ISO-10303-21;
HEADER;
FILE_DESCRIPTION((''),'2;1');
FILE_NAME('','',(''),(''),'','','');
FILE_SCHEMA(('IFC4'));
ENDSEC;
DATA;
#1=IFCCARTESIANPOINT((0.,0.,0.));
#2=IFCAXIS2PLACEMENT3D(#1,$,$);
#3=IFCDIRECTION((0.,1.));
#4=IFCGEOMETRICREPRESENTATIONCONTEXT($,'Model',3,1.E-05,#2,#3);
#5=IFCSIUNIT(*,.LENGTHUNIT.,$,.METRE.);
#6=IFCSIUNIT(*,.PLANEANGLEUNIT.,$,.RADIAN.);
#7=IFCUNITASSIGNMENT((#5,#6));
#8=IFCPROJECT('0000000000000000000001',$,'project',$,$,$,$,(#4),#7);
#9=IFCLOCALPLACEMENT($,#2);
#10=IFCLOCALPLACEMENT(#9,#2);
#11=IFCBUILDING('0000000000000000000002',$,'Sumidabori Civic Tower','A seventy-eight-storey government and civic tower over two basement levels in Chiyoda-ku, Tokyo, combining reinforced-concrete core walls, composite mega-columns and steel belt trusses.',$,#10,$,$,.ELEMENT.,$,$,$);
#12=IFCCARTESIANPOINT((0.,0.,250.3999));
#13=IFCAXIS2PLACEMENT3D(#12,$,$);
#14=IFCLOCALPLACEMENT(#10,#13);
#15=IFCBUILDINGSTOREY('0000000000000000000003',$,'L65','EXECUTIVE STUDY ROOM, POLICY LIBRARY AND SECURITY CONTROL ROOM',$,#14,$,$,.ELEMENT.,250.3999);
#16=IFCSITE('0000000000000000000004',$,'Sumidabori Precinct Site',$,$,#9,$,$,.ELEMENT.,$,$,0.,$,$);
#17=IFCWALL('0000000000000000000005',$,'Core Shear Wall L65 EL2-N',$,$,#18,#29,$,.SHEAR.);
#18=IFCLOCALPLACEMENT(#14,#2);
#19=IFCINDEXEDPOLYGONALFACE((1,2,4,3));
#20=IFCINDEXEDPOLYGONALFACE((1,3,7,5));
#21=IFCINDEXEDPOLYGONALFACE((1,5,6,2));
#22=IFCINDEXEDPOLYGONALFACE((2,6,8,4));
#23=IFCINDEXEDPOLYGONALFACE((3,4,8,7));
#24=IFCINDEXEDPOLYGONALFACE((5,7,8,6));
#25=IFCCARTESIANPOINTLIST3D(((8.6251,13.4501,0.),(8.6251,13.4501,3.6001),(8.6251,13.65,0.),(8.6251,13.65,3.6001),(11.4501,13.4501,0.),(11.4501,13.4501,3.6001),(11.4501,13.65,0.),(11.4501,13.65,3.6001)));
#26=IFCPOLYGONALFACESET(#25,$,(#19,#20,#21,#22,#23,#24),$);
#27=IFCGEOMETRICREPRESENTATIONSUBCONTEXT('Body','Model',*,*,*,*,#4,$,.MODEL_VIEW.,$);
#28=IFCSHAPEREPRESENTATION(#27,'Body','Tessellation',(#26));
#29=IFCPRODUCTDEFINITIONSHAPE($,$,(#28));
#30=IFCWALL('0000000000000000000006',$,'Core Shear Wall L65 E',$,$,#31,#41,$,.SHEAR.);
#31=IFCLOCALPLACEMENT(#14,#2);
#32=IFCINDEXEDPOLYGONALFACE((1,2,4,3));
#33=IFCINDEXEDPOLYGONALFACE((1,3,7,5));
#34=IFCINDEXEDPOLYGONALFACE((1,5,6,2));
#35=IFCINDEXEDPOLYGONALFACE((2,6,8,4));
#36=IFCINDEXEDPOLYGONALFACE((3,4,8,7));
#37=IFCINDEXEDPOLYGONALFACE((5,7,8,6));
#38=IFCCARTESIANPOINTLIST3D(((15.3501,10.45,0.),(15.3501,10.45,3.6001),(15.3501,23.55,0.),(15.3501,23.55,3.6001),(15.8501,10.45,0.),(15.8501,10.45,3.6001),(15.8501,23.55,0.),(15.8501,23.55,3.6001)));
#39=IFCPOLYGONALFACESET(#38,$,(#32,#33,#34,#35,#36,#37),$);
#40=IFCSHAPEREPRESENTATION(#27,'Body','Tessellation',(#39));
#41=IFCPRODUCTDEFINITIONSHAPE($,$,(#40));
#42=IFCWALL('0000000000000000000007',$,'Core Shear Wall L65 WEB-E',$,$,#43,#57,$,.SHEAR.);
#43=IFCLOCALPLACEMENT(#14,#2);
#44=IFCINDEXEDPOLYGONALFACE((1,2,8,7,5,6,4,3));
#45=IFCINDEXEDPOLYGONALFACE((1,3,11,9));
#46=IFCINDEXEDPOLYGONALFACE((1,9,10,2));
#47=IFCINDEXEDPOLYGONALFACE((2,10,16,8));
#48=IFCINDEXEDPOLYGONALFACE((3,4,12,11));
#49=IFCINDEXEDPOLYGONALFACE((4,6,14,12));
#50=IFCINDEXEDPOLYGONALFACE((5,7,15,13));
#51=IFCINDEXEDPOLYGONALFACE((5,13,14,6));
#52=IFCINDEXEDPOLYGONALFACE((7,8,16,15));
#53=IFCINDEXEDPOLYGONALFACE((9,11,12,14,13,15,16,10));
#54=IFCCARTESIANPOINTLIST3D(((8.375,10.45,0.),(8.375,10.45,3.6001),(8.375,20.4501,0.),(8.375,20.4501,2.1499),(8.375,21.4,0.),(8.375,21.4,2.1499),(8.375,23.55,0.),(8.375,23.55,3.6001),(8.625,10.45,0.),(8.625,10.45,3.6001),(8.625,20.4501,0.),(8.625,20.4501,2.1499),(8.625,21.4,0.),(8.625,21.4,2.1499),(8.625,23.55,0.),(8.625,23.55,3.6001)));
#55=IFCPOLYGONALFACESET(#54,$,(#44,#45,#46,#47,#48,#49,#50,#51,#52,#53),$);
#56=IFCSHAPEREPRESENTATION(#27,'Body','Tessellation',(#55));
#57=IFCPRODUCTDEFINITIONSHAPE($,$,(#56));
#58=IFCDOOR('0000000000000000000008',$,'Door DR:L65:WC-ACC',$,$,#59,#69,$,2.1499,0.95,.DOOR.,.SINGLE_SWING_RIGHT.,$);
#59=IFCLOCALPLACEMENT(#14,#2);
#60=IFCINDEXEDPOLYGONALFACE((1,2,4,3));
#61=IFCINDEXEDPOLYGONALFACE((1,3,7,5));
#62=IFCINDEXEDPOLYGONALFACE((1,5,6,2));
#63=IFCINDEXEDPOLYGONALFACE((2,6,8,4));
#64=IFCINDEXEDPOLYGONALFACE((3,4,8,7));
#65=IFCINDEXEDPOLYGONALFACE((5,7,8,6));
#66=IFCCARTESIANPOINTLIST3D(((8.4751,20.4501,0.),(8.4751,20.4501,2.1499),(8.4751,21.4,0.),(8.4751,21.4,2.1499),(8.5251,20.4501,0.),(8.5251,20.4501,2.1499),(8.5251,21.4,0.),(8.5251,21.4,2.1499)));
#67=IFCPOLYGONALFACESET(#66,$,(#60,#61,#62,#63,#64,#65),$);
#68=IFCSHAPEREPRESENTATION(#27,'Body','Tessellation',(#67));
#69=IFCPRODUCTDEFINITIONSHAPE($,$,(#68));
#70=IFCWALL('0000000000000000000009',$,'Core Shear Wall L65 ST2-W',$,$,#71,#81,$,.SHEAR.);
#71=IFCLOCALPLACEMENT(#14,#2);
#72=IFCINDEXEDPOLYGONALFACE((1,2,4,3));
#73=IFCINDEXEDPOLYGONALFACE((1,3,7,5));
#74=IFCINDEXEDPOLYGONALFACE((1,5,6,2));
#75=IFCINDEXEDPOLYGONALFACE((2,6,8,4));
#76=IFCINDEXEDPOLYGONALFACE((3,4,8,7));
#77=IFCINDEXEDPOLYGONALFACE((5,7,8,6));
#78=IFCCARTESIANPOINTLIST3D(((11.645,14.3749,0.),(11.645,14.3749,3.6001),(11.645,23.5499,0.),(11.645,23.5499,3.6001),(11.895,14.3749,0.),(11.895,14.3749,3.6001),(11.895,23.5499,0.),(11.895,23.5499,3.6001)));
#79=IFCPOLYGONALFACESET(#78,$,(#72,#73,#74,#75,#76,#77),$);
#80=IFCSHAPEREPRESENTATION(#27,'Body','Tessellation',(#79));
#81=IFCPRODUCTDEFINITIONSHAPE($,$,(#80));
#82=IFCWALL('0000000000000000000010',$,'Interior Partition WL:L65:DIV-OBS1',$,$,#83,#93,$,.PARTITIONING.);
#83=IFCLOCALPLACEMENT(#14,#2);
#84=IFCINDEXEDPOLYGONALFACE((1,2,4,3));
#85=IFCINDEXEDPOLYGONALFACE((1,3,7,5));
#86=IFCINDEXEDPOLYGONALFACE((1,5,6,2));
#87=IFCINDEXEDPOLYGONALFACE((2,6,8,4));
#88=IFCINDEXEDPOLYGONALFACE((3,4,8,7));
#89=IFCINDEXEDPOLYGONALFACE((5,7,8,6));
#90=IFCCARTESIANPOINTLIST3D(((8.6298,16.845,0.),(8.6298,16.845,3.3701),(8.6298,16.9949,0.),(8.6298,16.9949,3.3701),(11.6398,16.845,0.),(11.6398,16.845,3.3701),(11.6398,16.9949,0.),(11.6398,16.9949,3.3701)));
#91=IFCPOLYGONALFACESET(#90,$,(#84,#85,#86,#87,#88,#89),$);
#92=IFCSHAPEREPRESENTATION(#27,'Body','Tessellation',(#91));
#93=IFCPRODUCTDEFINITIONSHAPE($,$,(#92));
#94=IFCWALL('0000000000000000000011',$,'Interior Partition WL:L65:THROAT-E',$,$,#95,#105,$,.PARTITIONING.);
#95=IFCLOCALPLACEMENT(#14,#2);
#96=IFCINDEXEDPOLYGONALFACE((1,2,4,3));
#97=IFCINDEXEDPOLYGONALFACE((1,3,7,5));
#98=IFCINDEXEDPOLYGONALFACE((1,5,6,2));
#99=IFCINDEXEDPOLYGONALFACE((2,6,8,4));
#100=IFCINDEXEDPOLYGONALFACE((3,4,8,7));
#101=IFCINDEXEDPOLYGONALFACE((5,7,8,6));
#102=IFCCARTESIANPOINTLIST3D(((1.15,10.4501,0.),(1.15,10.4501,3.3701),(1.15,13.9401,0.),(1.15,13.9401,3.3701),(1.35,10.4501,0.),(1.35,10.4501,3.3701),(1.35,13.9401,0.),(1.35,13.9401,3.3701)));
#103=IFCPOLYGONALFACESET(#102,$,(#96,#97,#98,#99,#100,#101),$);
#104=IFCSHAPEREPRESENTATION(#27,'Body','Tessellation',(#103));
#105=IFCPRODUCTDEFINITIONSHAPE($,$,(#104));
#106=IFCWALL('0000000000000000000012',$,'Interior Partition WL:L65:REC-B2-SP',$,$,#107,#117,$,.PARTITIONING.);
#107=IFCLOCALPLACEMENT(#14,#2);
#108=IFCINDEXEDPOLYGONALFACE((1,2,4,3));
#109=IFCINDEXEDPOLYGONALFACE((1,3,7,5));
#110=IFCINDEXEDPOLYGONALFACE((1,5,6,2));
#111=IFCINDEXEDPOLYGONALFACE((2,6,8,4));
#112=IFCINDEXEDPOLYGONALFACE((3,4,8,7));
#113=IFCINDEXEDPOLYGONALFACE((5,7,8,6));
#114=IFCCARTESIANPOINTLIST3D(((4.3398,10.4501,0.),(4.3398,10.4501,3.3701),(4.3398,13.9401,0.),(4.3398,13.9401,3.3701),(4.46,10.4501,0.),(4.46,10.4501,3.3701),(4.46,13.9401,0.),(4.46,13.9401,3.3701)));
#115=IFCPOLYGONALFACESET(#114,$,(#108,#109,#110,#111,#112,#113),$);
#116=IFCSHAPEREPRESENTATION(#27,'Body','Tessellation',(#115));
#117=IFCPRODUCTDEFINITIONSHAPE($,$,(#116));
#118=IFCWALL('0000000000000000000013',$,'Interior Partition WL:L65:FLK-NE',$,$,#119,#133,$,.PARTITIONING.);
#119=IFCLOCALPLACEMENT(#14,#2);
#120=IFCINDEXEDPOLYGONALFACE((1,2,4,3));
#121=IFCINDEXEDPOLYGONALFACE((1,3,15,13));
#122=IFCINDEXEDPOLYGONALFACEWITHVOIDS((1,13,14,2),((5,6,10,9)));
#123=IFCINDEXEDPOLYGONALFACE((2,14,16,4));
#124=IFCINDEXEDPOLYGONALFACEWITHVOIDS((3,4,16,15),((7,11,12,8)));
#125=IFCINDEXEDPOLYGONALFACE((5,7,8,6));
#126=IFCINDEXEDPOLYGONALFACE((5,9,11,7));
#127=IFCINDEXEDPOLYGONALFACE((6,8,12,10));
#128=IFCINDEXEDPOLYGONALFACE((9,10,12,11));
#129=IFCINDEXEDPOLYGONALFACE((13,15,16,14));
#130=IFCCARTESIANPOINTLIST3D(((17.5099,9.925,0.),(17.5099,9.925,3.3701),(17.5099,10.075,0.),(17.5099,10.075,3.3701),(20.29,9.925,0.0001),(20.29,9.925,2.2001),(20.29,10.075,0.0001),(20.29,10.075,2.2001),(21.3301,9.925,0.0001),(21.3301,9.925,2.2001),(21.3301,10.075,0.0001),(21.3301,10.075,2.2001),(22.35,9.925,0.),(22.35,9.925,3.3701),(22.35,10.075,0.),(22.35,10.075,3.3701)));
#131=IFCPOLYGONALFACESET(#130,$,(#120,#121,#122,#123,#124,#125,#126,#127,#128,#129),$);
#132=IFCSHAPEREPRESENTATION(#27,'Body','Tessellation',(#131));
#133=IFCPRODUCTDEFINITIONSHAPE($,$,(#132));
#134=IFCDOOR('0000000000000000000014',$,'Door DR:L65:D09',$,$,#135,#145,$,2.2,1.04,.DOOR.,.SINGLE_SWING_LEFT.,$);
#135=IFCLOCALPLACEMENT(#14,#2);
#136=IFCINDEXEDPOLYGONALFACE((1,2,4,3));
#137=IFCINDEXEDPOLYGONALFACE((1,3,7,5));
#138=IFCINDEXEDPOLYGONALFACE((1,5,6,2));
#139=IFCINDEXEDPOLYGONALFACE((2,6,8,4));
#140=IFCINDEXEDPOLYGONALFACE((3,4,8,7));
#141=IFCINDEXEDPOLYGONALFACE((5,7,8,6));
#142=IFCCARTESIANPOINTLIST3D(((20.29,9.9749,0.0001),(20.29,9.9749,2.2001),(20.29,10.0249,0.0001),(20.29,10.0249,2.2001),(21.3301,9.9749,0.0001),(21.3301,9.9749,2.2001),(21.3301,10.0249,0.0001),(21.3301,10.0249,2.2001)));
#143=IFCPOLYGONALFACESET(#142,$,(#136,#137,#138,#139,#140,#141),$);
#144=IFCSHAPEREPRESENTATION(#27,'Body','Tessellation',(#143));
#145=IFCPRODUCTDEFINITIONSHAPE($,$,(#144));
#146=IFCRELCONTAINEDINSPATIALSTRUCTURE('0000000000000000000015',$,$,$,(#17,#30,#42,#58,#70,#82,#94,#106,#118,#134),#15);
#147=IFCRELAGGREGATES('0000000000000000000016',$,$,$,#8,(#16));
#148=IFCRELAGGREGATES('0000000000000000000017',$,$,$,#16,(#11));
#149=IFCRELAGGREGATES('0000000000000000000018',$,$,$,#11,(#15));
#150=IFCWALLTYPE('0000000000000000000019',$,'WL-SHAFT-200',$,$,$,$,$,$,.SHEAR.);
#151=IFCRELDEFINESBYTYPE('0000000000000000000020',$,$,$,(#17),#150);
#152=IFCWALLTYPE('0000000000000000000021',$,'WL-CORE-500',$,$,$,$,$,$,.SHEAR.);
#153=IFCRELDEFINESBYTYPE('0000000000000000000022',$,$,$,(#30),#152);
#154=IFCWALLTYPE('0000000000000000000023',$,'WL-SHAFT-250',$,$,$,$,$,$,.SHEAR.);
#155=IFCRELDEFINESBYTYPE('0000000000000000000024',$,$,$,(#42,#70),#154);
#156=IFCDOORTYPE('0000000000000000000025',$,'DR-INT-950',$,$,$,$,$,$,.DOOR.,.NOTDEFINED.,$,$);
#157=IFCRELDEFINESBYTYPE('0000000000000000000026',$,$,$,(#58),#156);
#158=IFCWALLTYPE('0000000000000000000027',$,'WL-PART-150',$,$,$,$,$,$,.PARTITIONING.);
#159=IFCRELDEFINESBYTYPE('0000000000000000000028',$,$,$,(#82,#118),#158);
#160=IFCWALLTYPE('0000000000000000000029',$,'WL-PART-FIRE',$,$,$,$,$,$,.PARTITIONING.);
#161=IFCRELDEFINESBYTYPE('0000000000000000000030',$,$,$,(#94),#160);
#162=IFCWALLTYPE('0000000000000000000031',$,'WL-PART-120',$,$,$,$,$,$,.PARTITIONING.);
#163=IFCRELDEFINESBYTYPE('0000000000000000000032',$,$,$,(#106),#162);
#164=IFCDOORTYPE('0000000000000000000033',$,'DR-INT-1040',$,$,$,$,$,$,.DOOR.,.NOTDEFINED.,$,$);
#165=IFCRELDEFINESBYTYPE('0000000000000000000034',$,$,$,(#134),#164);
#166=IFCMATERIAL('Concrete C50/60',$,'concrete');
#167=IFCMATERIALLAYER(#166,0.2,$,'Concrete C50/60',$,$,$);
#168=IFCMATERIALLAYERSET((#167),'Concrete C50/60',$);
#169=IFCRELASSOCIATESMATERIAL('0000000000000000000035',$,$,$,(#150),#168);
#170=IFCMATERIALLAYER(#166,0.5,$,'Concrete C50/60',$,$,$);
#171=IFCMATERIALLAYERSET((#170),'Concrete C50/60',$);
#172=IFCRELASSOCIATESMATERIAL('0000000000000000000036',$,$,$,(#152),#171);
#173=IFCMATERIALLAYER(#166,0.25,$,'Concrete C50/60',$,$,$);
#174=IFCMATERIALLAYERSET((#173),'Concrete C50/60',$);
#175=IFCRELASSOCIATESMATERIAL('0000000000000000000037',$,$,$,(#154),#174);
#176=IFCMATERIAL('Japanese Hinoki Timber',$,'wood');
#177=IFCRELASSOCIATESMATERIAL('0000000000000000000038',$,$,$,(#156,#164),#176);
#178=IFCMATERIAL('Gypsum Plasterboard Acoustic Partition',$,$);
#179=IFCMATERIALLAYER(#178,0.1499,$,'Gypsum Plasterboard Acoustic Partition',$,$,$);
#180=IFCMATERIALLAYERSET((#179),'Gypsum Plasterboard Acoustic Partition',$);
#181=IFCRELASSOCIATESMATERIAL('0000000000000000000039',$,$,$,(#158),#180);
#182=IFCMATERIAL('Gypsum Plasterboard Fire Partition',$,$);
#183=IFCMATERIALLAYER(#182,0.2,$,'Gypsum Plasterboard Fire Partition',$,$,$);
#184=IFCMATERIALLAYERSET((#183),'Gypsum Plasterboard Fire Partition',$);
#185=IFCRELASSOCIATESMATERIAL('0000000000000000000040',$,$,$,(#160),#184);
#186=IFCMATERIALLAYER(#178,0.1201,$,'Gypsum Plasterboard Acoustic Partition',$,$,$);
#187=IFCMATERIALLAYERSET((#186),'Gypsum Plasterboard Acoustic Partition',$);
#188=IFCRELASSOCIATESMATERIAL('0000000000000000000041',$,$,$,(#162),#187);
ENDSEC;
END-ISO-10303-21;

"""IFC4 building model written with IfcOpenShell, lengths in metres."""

from ifc_helpers import new_model, si_unit, direction, frame, frame_2d, origin, place, context, subcontext, project, spatial, rectangle, extrude, source, transform, mapped, material, layer, layer_set, type_object, element, fill, save


model = new_model("IFC4")

# Units and contexts
model_context = context("Model", 3, precision=1e-05, world=origin(), true_north=direction((0.0, 1.0)))
body_context = subcontext(model_context, "Body", "Model", "MODEL_VIEW")
ifc_project = project(units=[si_unit("LENGTHUNIT", "METRE"), si_unit("PLANEANGLEUNIT", "RADIAN")], contexts=[model_context])

# Site, building, storey
site_placement = place(None, origin())
site = spatial("IfcSite", under=ifc_project, at=site_placement, Name="Sumidabori Precinct Site", CompositionType="ELEMENT", RefElevation=0.0)
building_placement = place(site_placement, origin())
building = spatial("IfcBuilding", under=site, at=building_placement, Name="Sumidabori Civic Tower", Description="A seventy-eight-storey government and civic tower over two basement levels in Chiyoda-ku, Tokyo, combining reinforced-concrete core walls, composite mega-columns and steel belt trusses.", CompositionType="ELEMENT")
storey_placement = place(building_placement, frame((0.0, 0.0, 250.3999)))
storey = spatial("IfcBuildingStorey", under=building, at=storey_placement, Name="L65", Description="EXECUTIVE STUDY ROOM, POLICY LIBRARY AND SECURITY CONTROL ROOM", CompositionType="ELEMENT", Elevation=250.3999)

# Walls
ifc_material_1 = material(Name="Concrete C50/60", Category="concrete")
ifc_layer_1 = layer(ifc_material_1, 0.2, Name="Concrete C50/60")
ifc_layer_set_1 = layer_set([ifc_layer_1], Name="Concrete C50/60")
wall_type_1 = type_object("IfcWallType", Name="WL-SHAFT-200", PredefinedType="SHEAR", material=ifc_layer_set_1)
shared_shape_1 = source(origin(), body_context, "Body", "SweptSolid", [
    extrude(rectangle(XDim=2.825, YDim=0.2, at=frame_2d((1.4126, 0.0))), origin(), (0.0, 0.0, 1.0), 3.6001),
])
wall_1_placement = place(storey_placement, frame((8.625, 13.55, 0.0), z_axis=(0.0, 0.0, 1.0), x_axis=(1.0, 0.0, 0.0)))
element("IfcWall", 1, at=wall_1_placement, inside=storey, type_object=wall_type_1, Name="Core Shear Wall L65 EL2-N", PredefinedType="SHEAR", context=body_context, shape_type="MappedRepresentation", body=[
    mapped(shared_shape_1, transform((0.0, 0.0, 0.0), x_axis=(1.0, 0.0, 0.0), y_axis=(0.0, 1.0, 0.0), z_axis=(0.0, 0.0, 1.0), scale=1.0)),
])
ifc_layer_2 = layer(ifc_material_1, 0.5, Name="Concrete C50/60")
ifc_layer_set_2 = layer_set([ifc_layer_2], Name="Concrete C50/60")
wall_type_2 = type_object("IfcWallType", Name="WL-CORE-500", PredefinedType="SHEAR", material=ifc_layer_set_2)
shared_shape_2 = source(origin(), body_context, "Body", "SweptSolid", [
    extrude(rectangle(XDim=13.1001, YDim=0.5, at=frame_2d((6.55, 0.0))), origin(), (0.0, 0.0, 1.0), 3.6001),
])
wall_2_placement = place(storey_placement, frame((15.6001, 10.45, 0.0), z_axis=(0.0, 0.0, 1.0), x_axis=(0.0, 1.0, 0.0)))
element("IfcWall", 2, at=wall_2_placement, inside=storey, type_object=wall_type_2, Name="Core Shear Wall L65 E", PredefinedType="SHEAR", context=body_context, shape_type="MappedRepresentation", body=[
    mapped(shared_shape_2, transform((0.0, 0.0, 0.0), x_axis=(1.0, 0.0, 0.0), y_axis=(0.0, 1.0, 0.0), z_axis=(0.0, 0.0, 1.0), scale=1.0)),
])

# Wall, opening, door
ifc_layer_3 = layer(ifc_material_1, 0.25, Name="Concrete C50/60")
ifc_layer_set_3 = layer_set([ifc_layer_3], Name="Concrete C50/60")
wall_type_3 = type_object("IfcWallType", Name="WL-SHAFT-250", PredefinedType="SHEAR", material=ifc_layer_set_3)
shared_shape_3 = source(origin(), body_context, "Body", "SweptSolid", [
    extrude(rectangle(XDim=13.1001, YDim=0.25, at=frame_2d((6.55, 0.0))), origin(), (0.0, 0.0, 1.0), 3.6001),
])
wall_3_placement = place(storey_placement, frame((8.5, 10.45, 0.0), z_axis=(0.0, 0.0, 1.0), x_axis=(0.0, 1.0, 0.0)))
wall_3 = element("IfcWall", 3, at=wall_3_placement, inside=storey, type_object=wall_type_3, Name="Core Shear Wall L65 WEB-E", PredefinedType="SHEAR", context=body_context, shape_type="MappedRepresentation", body=[
    mapped(shared_shape_3, transform((0.0, 0.0, 0.0), x_axis=(1.0, 0.0, 0.0), y_axis=(0.0, 1.0, 0.0), z_axis=(0.0, 0.0, 1.0), scale=1.0)),
])
opening_1_placement = place(wall_3_placement, frame((10.0, 0.0, 0.0)))
opening_1 = element("IfcOpeningElement", 4, at=opening_1_placement, cuts=wall_3, PredefinedType="OPENING", context=body_context, shape_type="SweptSolid", body=[
    extrude(rectangle(XDim=0.95, YDim=2.1499, at=frame_2d((0.4751, 1.075))), frame((0.0, 0.137, 0.0), z_axis=(0.0, -1.0, 0.0), x_axis=(1.0, 0.0, 0.0)), (0.0, 0.0, 1.0), 0.2739),
])
ifc_material_2 = material(Name="Japanese Hinoki Timber", Category="wood")
door_type_1 = type_object("IfcDoorType", Name="DR-INT-950", OperationType="NOTDEFINED", PredefinedType="DOOR", material=ifc_material_2)
shared_shape_4 = source(origin(), body_context, "Body", "SweptSolid", [
    extrude(rectangle(XDim=0.95, YDim=2.1499, at=frame_2d((0.4751, 1.075))), frame((0.0, 0.0249, 0.0), z_axis=(0.0, -1.0, 0.0), x_axis=(1.0, 0.0, 0.0)), (0.0, 0.0, 1.0), 0.05),
])
door_1_placement = place(opening_1_placement, origin())
door_1 = element("IfcDoor", 5, at=door_1_placement, inside=storey, type_object=door_type_1, Name="Door DR:L65:WC-ACC", OperationType="SINGLE_SWING_RIGHT", OverallHeight=2.1499, OverallWidth=0.95, PredefinedType="DOOR", context=body_context, shape_type="MappedRepresentation", body=[
    mapped(shared_shape_4, transform((0.0, 0.0, 0.0), x_axis=(1.0, 0.0, 0.0), y_axis=(0.0, 1.0, 0.0), z_axis=(0.0, 0.0, 1.0), scale=1.0)),
])
fill(opening_1, door_1)

# Wall
shared_shape_5 = source(origin(), body_context, "Body", "SweptSolid", [
    extrude(rectangle(XDim=9.175, YDim=0.25, at=frame_2d((4.5874, 0.0))), origin(), (0.0, 0.0, 1.0), 3.6001),
])
wall_4_placement = place(storey_placement, frame((11.77, 14.375, 0.0), z_axis=(0.0, 0.0, 1.0), x_axis=(0.0, 1.0, 0.0)))
element("IfcWall", 6, at=wall_4_placement, inside=storey, type_object=wall_type_3, Name="Core Shear Wall L65 ST2-W", PredefinedType="SHEAR", context=body_context, shape_type="MappedRepresentation", body=[
    mapped(shared_shape_5, transform((0.0, 0.0, 0.0), x_axis=(1.0, 0.0, 0.0), y_axis=(0.0, 1.0, 0.0), z_axis=(0.0, 0.0, 1.0), scale=1.0)),
])

# Wall
ifc_material_3 = material(Name="Gypsum Plasterboard Acoustic Partition")
ifc_layer_4 = layer(ifc_material_3, 0.1499, Name="Gypsum Plasterboard Acoustic Partition")
ifc_layer_set_4 = layer_set([ifc_layer_4], Name="Gypsum Plasterboard Acoustic Partition")
wall_type_4 = type_object("IfcWallType", Name="WL-PART-150", PredefinedType="PARTITIONING", material=ifc_layer_set_4)
shared_shape_6 = source(origin(), body_context, "Body", "SweptSolid", [
    extrude(rectangle(XDim=3.01, YDim=0.1499, at=frame_2d((1.5049, 0.0))), origin(), (0.0, 0.0, 1.0), 3.3701),
])
wall_5_placement = place(storey_placement, frame((8.6299, 16.9199, 0.0), z_axis=(0.0, 0.0, 1.0), x_axis=(1.0, 0.0, 0.0)))
element("IfcWall", 7, at=wall_5_placement, inside=storey, type_object=wall_type_4, Name="Interior Partition WL:L65:DIV-OBS1", PredefinedType="PARTITIONING", context=body_context, shape_type="MappedRepresentation", body=[
    mapped(shared_shape_6, transform((0.0, 0.0, 0.0), x_axis=(1.0, 0.0, 0.0), y_axis=(0.0, 1.0, 0.0), z_axis=(0.0, 0.0, 1.0), scale=1.0)),
])

# Shared definitions
ifc_material_4 = material(Name="Gypsum Plasterboard Fire Partition")
ifc_layer_5 = layer(ifc_material_4, 0.2, Name="Gypsum Plasterboard Fire Partition")
ifc_layer_set_5 = layer_set([ifc_layer_5], Name="Gypsum Plasterboard Fire Partition")
wall_type_5 = type_object("IfcWallType", Name="WL-PART-FIRE", PredefinedType="PARTITIONING", material=ifc_layer_set_5)

# Walls
shared_shape_7 = source(origin(), body_context, "Body", "SweptSolid", [
    extrude(rectangle(XDim=3.49, YDim=0.2, at=frame_2d((1.7451, 0.0))), origin(), (0.0, 0.0, 1.0), 3.3701),
])
wall_6_placement = place(storey_placement, frame((1.25, 10.45, 0.0), z_axis=(0.0, 0.0, 1.0), x_axis=(0.0, 1.0, 0.0)))
element("IfcWall", 8, at=wall_6_placement, inside=storey, type_object=wall_type_5, Name="Interior Partition WL:L65:THROAT-E", PredefinedType="PARTITIONING", context=body_context, shape_type="MappedRepresentation", body=[
    mapped(shared_shape_7, transform((0.0, 0.0, 0.0), x_axis=(1.0, 0.0, 0.0), y_axis=(0.0, 1.0, 0.0), z_axis=(0.0, 0.0, 1.0), scale=1.0)),
])
ifc_layer_6 = layer(ifc_material_3, 0.1201, Name="Gypsum Plasterboard Acoustic Partition")
ifc_layer_set_6 = layer_set([ifc_layer_6], Name="Gypsum Plasterboard Acoustic Partition")
wall_type_6 = type_object("IfcWallType", Name="WL-PART-120", PredefinedType="PARTITIONING", material=ifc_layer_set_6)
shared_shape_8 = source(origin(), body_context, "Body", "SweptSolid", [
    extrude(rectangle(XDim=3.49, YDim=0.1201, at=frame_2d((1.7451, 0.0))), origin(), (0.0, 0.0, 1.0), 3.3701),
])
wall_7_placement = place(storey_placement, frame((4.3999, 10.45, 0.0), z_axis=(0.0, 0.0, 1.0), x_axis=(0.0, 1.0, 0.0)))
element("IfcWall", 9, at=wall_7_placement, inside=storey, type_object=wall_type_6, Name="Interior Partition WL:L65:REC-B2-SP", PredefinedType="PARTITIONING", context=body_context, shape_type="MappedRepresentation", body=[
    mapped(shared_shape_8, transform((0.0, 0.0, 0.0), x_axis=(1.0, 0.0, 0.0), y_axis=(0.0, 1.0, 0.0), z_axis=(0.0, 0.0, 1.0), scale=1.0)),
])

# Wall, opening, door
shared_shape_9 = source(origin(), body_context, "Body", "SweptSolid", [
    extrude(rectangle(XDim=4.8401, YDim=0.1499, at=frame_2d((2.4199, 0.0))), origin(), (0.0, 0.0, 1.0), 3.3701),
])
wall_8_placement = place(storey_placement, frame((17.51, 10.0, 0.0), z_axis=(0.0, 0.0, 1.0), x_axis=(1.0, 0.0, 0.0)))
wall_8 = element("IfcWall", 10, at=wall_8_placement, inside=storey, type_object=wall_type_4, Name="Interior Partition WL:L65:FLK-NE", PredefinedType="PARTITIONING", context=body_context, shape_type="MappedRepresentation", body=[
    mapped(shared_shape_9, transform((0.0, 0.0, 0.0), x_axis=(1.0, 0.0, 0.0), y_axis=(0.0, 1.0, 0.0), z_axis=(0.0, 0.0, 1.0), scale=1.0)),
])
opening_2_placement = place(wall_8_placement, frame((2.78, 0.0, 0.0)))
opening_2 = element("IfcOpeningElement", 11, at=opening_2_placement, cuts=wall_8, PredefinedType="OPENING", context=body_context, shape_type="SweptSolid", body=[
    extrude(rectangle(XDim=1.04, YDim=2.2, at=frame_2d((0.52, 1.1001))), frame((0.0, 0.0869, 0.0), z_axis=(0.0, -1.0, 0.0), x_axis=(1.0, 0.0, 0.0)), (0.0, 0.0, 1.0), 0.1738),
])
door_type_2 = type_object("IfcDoorType", Name="DR-INT-1040", OperationType="NOTDEFINED", PredefinedType="DOOR", material=ifc_material_2)
shared_shape_10 = source(origin(), body_context, "Body", "SweptSolid", [
    extrude(rectangle(XDim=1.04, YDim=2.2, at=frame_2d((0.52, 1.1001))), frame((0.0, 0.0249, 0.0), z_axis=(0.0, -1.0, 0.0), x_axis=(1.0, 0.0, 0.0)), (0.0, 0.0, 1.0), 0.05),
])
door_2_placement = place(opening_2_placement, origin())
door_2 = element("IfcDoor", 12, at=door_2_placement, inside=storey, type_object=door_type_2, Name="Door DR:L65:D09", OperationType="SINGLE_SWING_LEFT", OverallHeight=2.2, OverallWidth=1.04, PredefinedType="DOOR", context=body_context, shape_type="MappedRepresentation", body=[
    mapped(shared_shape_10, transform((0.0, 0.0, 0.0), x_axis=(1.0, 0.0, 0.0), y_axis=(0.0, 1.0, 0.0), z_axis=(0.0, 0.0, 1.0), scale=1.0)),
])
fill(opening_2, door_2)

save(model, "model.ifc")
